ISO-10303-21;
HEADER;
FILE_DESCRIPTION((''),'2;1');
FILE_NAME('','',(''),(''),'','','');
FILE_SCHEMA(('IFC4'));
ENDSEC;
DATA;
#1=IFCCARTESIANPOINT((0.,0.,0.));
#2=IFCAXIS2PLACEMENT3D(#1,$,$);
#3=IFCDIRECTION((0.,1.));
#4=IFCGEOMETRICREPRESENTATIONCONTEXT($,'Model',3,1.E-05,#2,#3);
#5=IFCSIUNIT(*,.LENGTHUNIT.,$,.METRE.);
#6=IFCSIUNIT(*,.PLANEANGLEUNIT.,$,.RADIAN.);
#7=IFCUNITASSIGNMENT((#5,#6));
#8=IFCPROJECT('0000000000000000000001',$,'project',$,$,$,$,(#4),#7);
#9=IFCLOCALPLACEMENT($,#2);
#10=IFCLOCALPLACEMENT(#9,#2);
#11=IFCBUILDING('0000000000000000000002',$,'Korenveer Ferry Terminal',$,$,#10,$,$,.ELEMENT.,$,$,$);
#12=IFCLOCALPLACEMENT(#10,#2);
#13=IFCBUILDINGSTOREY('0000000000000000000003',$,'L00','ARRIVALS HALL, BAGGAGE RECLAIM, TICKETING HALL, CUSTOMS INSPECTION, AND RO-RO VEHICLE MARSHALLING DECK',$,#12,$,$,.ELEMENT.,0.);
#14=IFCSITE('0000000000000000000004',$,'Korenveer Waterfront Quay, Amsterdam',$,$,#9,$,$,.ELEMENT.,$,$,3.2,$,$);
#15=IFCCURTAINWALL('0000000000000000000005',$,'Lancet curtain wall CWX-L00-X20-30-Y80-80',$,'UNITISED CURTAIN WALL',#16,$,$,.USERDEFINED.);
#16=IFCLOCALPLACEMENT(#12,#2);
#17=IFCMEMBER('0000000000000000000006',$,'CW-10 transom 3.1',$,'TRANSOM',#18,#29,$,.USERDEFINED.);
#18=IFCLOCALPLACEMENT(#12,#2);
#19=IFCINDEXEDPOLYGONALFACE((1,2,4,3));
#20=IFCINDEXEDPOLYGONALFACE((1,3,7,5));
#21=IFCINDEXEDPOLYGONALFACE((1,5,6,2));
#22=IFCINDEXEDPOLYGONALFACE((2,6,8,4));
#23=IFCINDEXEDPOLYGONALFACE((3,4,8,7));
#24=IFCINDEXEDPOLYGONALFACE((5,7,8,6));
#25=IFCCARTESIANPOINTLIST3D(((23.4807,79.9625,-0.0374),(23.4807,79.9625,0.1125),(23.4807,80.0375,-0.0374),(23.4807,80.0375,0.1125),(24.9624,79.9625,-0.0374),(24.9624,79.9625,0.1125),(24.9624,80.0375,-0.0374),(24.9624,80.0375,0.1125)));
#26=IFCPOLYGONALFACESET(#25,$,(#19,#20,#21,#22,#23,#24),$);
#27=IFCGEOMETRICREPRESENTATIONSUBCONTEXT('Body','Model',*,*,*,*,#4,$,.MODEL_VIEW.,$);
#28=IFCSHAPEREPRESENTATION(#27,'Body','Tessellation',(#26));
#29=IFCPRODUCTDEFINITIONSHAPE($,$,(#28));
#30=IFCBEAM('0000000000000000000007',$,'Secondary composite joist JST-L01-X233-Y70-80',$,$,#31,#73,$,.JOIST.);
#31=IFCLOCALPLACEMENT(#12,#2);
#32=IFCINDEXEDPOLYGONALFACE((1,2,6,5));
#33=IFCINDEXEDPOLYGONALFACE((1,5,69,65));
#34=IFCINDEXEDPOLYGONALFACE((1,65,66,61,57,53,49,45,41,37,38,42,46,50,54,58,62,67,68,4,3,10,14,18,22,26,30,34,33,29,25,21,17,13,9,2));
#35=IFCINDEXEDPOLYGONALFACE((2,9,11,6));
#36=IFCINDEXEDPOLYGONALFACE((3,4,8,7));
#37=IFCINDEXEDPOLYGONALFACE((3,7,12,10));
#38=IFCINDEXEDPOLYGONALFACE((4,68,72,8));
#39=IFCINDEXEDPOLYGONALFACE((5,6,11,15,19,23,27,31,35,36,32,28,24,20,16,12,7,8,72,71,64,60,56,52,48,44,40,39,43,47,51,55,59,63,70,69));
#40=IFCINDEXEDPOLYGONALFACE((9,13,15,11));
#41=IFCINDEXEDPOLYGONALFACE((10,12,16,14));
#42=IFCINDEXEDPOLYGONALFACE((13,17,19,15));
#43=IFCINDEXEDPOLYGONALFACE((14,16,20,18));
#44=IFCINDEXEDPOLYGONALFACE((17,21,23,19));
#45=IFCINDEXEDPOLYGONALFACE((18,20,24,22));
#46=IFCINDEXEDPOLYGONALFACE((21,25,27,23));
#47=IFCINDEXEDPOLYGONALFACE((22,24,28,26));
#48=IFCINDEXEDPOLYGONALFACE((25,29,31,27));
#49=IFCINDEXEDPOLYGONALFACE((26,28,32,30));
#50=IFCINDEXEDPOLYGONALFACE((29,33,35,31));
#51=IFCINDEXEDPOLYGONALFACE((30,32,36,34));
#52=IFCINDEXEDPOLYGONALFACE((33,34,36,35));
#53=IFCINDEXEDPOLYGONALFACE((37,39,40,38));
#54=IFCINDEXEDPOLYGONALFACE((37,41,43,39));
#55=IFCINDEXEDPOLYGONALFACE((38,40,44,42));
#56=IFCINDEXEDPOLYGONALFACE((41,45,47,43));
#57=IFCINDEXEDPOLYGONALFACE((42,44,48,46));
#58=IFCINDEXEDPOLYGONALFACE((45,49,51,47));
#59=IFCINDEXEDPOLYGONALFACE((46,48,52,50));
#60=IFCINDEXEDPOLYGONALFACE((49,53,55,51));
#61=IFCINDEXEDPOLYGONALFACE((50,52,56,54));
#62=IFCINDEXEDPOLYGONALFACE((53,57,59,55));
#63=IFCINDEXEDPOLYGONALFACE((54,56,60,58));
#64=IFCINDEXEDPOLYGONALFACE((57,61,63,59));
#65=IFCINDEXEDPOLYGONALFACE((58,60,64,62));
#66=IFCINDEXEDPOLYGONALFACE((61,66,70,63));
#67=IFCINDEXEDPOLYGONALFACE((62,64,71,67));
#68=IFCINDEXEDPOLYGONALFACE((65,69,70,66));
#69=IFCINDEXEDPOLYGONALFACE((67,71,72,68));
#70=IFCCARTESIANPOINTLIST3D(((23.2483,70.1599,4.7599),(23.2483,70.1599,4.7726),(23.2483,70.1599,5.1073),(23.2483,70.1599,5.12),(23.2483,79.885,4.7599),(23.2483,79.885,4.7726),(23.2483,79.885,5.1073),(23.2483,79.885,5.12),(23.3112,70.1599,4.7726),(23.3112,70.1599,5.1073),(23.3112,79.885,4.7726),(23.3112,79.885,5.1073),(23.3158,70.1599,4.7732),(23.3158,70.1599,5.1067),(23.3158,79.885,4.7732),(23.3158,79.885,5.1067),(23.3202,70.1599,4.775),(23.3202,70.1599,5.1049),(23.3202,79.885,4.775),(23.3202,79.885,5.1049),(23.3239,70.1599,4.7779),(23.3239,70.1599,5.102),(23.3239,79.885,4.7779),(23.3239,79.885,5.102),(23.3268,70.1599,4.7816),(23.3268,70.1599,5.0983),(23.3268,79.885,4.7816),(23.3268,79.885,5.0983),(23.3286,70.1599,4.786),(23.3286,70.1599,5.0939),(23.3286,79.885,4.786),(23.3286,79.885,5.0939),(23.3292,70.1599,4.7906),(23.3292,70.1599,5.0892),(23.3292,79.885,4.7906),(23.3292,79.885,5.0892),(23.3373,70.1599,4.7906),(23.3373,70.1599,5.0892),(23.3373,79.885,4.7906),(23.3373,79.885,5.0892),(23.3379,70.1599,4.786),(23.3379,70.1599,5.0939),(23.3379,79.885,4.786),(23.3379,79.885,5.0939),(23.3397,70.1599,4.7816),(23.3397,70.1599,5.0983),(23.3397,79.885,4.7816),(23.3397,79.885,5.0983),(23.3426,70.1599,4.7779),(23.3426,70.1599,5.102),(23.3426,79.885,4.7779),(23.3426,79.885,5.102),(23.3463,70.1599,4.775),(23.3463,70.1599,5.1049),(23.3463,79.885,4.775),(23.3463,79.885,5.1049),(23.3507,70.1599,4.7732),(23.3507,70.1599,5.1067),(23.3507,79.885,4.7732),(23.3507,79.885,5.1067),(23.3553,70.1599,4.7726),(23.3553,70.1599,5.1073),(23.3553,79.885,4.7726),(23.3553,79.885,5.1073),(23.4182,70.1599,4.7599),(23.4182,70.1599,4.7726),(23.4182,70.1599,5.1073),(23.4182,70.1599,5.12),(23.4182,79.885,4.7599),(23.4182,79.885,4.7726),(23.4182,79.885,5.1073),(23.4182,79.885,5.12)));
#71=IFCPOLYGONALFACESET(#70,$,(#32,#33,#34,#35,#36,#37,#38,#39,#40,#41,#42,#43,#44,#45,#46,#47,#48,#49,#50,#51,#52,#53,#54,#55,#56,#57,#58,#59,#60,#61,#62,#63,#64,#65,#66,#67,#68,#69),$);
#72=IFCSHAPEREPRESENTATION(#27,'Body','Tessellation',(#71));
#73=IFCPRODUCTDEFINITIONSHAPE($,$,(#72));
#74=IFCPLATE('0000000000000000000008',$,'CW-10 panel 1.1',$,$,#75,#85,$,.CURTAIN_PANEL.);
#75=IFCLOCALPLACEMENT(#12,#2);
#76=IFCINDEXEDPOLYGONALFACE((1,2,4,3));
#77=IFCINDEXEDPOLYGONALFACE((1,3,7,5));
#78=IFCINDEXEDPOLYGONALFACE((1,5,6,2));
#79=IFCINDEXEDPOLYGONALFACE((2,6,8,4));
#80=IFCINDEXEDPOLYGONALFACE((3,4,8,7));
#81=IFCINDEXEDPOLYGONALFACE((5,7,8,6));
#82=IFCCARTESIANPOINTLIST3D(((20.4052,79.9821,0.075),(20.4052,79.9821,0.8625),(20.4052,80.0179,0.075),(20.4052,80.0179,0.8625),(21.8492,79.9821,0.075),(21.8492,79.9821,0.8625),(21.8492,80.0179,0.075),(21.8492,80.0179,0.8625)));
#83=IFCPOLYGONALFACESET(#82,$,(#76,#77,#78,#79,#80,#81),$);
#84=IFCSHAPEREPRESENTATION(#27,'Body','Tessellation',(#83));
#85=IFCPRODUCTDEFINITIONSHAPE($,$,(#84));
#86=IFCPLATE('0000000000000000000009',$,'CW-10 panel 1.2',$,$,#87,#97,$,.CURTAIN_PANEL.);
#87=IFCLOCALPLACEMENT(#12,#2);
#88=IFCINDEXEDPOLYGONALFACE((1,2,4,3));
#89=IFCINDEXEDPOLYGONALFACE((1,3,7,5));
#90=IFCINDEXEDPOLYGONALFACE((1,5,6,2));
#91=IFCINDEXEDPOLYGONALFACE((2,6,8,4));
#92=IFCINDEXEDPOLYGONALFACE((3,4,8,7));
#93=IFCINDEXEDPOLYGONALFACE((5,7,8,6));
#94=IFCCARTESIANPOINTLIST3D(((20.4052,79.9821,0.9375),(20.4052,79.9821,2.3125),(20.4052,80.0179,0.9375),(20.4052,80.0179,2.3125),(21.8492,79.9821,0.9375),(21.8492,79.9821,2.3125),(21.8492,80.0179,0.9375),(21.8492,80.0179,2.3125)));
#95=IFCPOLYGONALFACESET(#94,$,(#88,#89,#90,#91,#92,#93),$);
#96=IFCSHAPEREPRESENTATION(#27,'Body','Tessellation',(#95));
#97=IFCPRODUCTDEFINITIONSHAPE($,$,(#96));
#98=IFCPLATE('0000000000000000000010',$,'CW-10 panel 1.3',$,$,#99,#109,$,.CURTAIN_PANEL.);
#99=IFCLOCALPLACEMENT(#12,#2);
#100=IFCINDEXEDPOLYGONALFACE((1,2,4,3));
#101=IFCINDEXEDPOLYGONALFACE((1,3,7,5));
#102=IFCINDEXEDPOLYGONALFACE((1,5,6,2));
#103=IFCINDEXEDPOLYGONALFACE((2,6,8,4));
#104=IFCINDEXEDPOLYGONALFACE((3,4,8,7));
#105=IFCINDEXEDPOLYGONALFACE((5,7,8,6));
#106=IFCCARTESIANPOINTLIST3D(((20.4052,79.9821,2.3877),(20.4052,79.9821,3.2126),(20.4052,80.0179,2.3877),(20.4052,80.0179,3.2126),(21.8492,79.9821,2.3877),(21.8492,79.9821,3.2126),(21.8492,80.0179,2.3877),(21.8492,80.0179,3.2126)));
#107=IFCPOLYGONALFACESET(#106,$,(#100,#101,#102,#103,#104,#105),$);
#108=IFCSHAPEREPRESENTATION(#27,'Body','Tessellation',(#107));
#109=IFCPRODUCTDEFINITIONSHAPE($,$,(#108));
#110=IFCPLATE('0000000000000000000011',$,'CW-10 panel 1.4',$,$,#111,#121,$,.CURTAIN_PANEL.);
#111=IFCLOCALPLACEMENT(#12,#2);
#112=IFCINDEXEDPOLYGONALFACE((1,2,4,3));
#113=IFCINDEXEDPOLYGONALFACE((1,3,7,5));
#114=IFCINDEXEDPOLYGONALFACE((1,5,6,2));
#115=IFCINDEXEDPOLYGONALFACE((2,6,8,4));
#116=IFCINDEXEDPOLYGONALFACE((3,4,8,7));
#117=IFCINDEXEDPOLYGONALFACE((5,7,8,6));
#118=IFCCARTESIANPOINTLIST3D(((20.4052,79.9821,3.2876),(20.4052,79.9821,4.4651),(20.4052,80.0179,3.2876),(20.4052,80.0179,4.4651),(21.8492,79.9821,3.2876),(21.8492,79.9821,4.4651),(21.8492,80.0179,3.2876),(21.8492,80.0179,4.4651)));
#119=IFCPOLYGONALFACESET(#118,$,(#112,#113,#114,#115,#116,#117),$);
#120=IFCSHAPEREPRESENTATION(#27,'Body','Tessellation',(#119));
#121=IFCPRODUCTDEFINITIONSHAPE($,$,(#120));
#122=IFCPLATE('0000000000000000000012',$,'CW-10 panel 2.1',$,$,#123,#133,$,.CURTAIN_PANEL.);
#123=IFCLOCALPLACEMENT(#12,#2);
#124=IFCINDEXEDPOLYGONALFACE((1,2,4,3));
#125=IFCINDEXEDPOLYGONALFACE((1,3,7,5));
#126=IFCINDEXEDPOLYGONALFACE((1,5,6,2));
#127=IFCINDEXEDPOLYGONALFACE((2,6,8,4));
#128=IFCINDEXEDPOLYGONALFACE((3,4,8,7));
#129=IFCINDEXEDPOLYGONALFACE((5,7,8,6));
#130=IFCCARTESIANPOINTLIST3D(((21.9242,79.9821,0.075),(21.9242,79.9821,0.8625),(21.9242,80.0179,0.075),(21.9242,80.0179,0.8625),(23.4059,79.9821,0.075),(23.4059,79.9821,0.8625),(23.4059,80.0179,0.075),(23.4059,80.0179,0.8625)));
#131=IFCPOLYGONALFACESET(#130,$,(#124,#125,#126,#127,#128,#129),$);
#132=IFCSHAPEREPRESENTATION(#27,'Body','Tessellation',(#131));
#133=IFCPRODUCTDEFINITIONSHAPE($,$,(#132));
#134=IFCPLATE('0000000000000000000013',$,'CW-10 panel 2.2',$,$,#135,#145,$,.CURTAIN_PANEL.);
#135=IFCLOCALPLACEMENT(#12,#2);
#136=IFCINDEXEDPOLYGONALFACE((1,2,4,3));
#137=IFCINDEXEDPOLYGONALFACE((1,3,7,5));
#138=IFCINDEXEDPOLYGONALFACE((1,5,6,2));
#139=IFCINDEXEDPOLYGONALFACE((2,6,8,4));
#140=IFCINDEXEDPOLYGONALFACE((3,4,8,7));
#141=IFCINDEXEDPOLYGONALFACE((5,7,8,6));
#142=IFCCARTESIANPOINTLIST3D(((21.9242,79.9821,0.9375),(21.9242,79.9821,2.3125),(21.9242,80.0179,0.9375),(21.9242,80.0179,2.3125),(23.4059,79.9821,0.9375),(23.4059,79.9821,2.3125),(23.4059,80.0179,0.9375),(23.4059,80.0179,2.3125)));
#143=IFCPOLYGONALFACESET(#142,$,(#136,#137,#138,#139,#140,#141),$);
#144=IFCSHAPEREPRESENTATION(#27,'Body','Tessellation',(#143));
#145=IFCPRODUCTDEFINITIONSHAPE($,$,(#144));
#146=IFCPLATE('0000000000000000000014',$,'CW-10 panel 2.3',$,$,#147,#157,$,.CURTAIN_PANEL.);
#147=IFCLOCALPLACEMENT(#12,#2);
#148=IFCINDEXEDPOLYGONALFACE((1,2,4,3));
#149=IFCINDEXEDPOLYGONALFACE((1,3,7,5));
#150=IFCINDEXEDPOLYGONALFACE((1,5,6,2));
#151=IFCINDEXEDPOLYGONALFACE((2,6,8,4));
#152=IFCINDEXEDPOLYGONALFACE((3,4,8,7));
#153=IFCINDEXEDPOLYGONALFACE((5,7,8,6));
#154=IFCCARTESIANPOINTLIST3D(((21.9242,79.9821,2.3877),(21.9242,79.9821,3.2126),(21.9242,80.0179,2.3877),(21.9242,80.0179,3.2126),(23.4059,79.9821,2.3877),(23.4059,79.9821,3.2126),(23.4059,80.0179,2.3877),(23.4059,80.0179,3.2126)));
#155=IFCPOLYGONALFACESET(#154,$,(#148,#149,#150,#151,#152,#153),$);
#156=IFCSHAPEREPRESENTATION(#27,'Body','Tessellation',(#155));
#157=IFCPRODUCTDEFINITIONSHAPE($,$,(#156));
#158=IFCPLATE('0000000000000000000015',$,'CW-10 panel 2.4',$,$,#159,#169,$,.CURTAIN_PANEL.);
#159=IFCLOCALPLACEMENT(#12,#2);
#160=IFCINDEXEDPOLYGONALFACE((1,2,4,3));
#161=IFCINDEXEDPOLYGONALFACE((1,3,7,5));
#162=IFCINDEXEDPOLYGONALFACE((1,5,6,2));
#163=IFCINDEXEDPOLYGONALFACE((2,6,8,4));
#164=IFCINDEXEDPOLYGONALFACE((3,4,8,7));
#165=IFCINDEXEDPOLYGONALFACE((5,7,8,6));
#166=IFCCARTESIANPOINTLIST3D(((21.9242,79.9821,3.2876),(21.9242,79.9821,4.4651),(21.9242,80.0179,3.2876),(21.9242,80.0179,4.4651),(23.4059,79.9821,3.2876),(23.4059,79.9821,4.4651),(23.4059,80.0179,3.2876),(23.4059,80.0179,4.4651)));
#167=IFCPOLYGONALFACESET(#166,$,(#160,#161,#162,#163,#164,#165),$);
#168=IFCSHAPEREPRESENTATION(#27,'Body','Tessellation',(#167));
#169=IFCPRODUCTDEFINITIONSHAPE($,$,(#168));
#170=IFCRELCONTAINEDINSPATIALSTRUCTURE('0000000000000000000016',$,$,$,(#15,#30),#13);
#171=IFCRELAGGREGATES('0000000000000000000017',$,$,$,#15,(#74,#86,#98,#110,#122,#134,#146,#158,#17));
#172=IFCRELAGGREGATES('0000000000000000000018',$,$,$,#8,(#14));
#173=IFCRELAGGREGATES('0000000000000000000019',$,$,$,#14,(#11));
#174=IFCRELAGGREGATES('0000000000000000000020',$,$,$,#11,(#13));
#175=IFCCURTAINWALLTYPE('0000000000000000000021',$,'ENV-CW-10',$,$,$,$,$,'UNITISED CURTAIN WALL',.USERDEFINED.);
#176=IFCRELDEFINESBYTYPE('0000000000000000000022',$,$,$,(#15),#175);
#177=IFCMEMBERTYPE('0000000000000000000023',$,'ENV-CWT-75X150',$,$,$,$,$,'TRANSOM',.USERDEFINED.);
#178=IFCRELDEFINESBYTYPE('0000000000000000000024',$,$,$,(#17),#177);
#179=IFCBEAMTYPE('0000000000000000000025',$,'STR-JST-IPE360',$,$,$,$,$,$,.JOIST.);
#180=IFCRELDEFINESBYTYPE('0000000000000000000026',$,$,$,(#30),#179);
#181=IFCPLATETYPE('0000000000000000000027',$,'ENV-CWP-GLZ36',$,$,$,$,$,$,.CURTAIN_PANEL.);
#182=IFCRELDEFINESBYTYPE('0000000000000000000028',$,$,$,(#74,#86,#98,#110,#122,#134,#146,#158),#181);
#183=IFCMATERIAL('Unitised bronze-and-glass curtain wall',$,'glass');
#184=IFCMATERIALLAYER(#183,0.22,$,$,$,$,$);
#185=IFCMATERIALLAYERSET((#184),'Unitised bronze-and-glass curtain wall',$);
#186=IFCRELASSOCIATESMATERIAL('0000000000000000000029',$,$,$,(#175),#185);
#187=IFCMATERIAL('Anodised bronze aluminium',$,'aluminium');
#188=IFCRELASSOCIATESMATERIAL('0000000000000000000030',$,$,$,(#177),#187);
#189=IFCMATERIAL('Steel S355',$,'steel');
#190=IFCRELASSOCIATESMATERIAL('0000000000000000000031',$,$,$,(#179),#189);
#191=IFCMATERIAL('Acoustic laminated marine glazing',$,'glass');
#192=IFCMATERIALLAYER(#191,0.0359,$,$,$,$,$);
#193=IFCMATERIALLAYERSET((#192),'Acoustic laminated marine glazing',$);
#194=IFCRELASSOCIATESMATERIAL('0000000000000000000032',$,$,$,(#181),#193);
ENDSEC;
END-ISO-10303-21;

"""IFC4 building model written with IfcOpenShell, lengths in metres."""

from ifc_helpers import new_model, si_unit, direction, frame, origin, origin_2d, place, context, subcontext, project, spatial, rectangle, i_section, extrude, material, layer, layer_set, material_profile, profile_set, type_object, element, aggregate, save


model = new_model("IFC4")

# Units and contexts
model_context = context("Model", 3, precision=1e-05, world=origin(), true_north=direction((0.0, 1.0)))
body_context = subcontext(model_context, "Body", "Model", "MODEL_VIEW")
ifc_project = project(units=[si_unit("LENGTHUNIT", "METRE"), si_unit("PLANEANGLEUNIT", "RADIAN")], contexts=[model_context])

# Site, building, storey
site_placement = place(None, origin())
site = spatial("IfcSite", under=ifc_project, at=site_placement, Name="Korenveer Waterfront Quay, Amsterdam", CompositionType="ELEMENT", RefElevation=3.2)
building_placement = place(site_placement, origin())
building = spatial("IfcBuilding", under=site, at=building_placement, Name="Korenveer Ferry Terminal", CompositionType="ELEMENT")
storey_placement = place(building_placement, origin())
storey = spatial("IfcBuildingStorey", under=building, at=storey_placement, Name="L00", Description="ARRIVALS HALL, BAGGAGE RECLAIM, TICKETING HALL, CUSTOMS INSPECTION, AND RO-RO VEHICLE MARSHALLING DECK", CompositionType="ELEMENT", Elevation=0.0)

# Curtain wall, member
ifc_material_1 = material(Name="Unitised bronze-and-glass curtain wall", Category="glass")
ifc_layer_1 = layer(ifc_material_1, 0.22)
ifc_layer_set_1 = layer_set([ifc_layer_1], Name="Unitised bronze-and-glass curtain wall")
curtain_wall_type = type_object("IfcCurtainWallType", Name="ENV-CW-10", ElementType="UNITISED CURTAIN WALL", PredefinedType="USERDEFINED", material=ifc_layer_set_1)
curtain_wall_placement = place(storey_placement, frame((20.3301, 80.0, 0.0)))
curtain_wall = element("IfcCurtainWall", 1, at=curtain_wall_placement, inside=storey, type_object=curtain_wall_type, Name="Lancet curtain wall CWX-L00-X20-30-Y80-80", ObjectType="UNITISED CURTAIN WALL", PredefinedType="USERDEFINED")
ifc_material_2 = material(Name="Anodised bronze aluminium", Category="aluminium")
ifc_material_profile_1 = material_profile(ifc_material_2, rectangle(XDim=0.075, YDim=0.1499, at=origin_2d()), Name="ALU 75x150")
ifc_profile_set_1 = profile_set([ifc_material_profile_1], Name="Anodised bronze aluminium")
member_type_1 = type_object("IfcMemberType", Name="ENV-CWT-75X150", ElementType="TRANSOM", PredefinedType="USERDEFINED", material=ifc_profile_set_1)
member_1_placement = place(storey_placement, frame((23.4807, 80.0, 0.0376), z_axis=(1.0, 0.0, 0.0), x_axis=(0.0, 1.0, 0.0)))
member_1 = element("IfcMember", 2, at=member_1_placement, type_object=member_type_1, Name="CW-10 transom 3.1", ObjectType="TRANSOM", PredefinedType="USERDEFINED", context=body_context, shape_type="SweptSolid", body=[
    extrude(rectangle(XDim=0.075, YDim=0.1499, at=origin_2d()), origin(), (0.0, 0.0, 1.0), 1.4817),
])

# Beam
ifc_material_3 = material(Name="Steel S355", Category="steel")
ifc_material_profile_2 = material_profile(ifc_material_3, i_section(OverallWidth=0.1699, OverallDepth=0.3601, WebThickness=0.0081, FlangeThickness=0.0127, FilletRadius=0.0181, at=origin_2d()), Name="IPE 360")
ifc_profile_set_2 = profile_set([ifc_material_profile_2], Name="Steel S355")
beam_type = type_object("IfcBeamType", Name="STR-JST-IPE360", PredefinedType="JOIST", material=ifc_profile_set_2)
beam_placement = place(storey_placement, frame((23.3333, 70.1599, 4.9399), z_axis=(0.0, 1.0, 0.0), x_axis=(-1.0, 0.0, 0.0)))
element("IfcBeam", 3, at=beam_placement, inside=storey, type_object=beam_type, Name="Secondary composite joist JST-L01-X233-Y70-80", PredefinedType="JOIST", context=body_context, shape_type="SweptSolid", body=[
    extrude(i_section(OverallWidth=0.1699, OverallDepth=0.3601, WebThickness=0.0081, FlangeThickness=0.0127, FilletRadius=0.0181, at=origin_2d()), origin(), (0.0, 0.0, 1.0), 9.7251),
])

# Plates
ifc_material_4 = material(Name="Acoustic laminated marine glazing", Category="glass")
ifc_layer_2 = layer(ifc_material_4, 0.0359)
ifc_layer_set_2 = layer_set([ifc_layer_2], Name="Acoustic laminated marine glazing")
plate_type = type_object("IfcPlateType", Name="ENV-CWP-GLZ36", PredefinedType="CURTAIN_PANEL", material=ifc_layer_set_2)
plate_1_placement = place(storey_placement, frame((21.1272, 80.0, 0.075), z_axis=(0.0, 0.0, 1.0), x_axis=(1.0, 0.0, 0.0)))
plate_1 = element("IfcPlate", 4, at=plate_1_placement, type_object=plate_type, Name="CW-10 panel 1.1", PredefinedType="CURTAIN_PANEL", context=body_context, shape_type="SweptSolid", body=[
    extrude(rectangle(XDim=1.4441, YDim=0.0359, at=origin_2d()), origin(), (0.0, 0.0, 1.0), 0.7876),
])
plate_2_placement = place(storey_placement, frame((21.1272, 80.0, 0.9375), z_axis=(0.0, 0.0, 1.0), x_axis=(1.0, 0.0, 0.0)))
plate_2 = element("IfcPlate", 5, at=plate_2_placement, type_object=plate_type, Name="CW-10 panel 1.2", PredefinedType="CURTAIN_PANEL", context=body_context, shape_type="SweptSolid", body=[
    extrude(rectangle(XDim=1.4441, YDim=0.0359, at=origin_2d()), origin(), (0.0, 0.0, 1.0), 1.375),
])
plate_3_placement = place(storey_placement, frame((21.1272, 80.0, 2.3877), z_axis=(0.0, 0.0, 1.0), x_axis=(1.0, 0.0, 0.0)))
plate_3 = element("IfcPlate", 6, at=plate_3_placement, type_object=plate_type, Name="CW-10 panel 1.3", PredefinedType="CURTAIN_PANEL", context=body_context, shape_type="SweptSolid", body=[
    extrude(rectangle(XDim=1.4441, YDim=0.0359, at=origin_2d()), origin(), (0.0, 0.0, 1.0), 0.825),
])
plate_4_placement = place(storey_placement, frame((21.1272, 80.0, 3.2876), z_axis=(0.0, 0.0, 1.0), x_axis=(1.0, 0.0, 0.0)))
plate_4 = element("IfcPlate", 7, at=plate_4_placement, type_object=plate_type, Name="CW-10 panel 1.4", PredefinedType="CURTAIN_PANEL", context=body_context, shape_type="SweptSolid", body=[
    extrude(rectangle(XDim=1.4441, YDim=0.0359, at=origin_2d()), origin(), (0.0, 0.0, 1.0), 1.1775),
])
plate_5_placement = place(storey_placement, frame((22.665, 80.0, 0.075), z_axis=(0.0, 0.0, 1.0), x_axis=(1.0, 0.0, 0.0)))
plate_5 = element("IfcPlate", 8, at=plate_5_placement, type_object=plate_type, Name="CW-10 panel 2.1", PredefinedType="CURTAIN_PANEL", context=body_context, shape_type="SweptSolid", body=[
    extrude(rectangle(XDim=1.4817, YDim=0.0359, at=origin_2d()), origin(), (0.0, 0.0, 1.0), 0.7876),
])
plate_6_placement = place(storey_placement, frame((22.665, 80.0, 0.9375), z_axis=(0.0, 0.0, 1.0), x_axis=(1.0, 0.0, 0.0)))
plate_6 = element("IfcPlate", 9, at=plate_6_placement, type_object=plate_type, Name="CW-10 panel 2.2", PredefinedType="CURTAIN_PANEL", context=body_context, shape_type="SweptSolid", body=[
    extrude(rectangle(XDim=1.4817, YDim=0.0359, at=origin_2d()), origin(), (0.0, 0.0, 1.0), 1.375),
])
plate_7_placement = place(storey_placement, frame((22.665, 80.0, 2.3877), z_axis=(0.0, 0.0, 1.0), x_axis=(1.0, 0.0, 0.0)))
plate_7 = element("IfcPlate", 10, at=plate_7_placement, type_object=plate_type, Name="CW-10 panel 2.3", PredefinedType="CURTAIN_PANEL", context=body_context, shape_type="SweptSolid", body=[
    extrude(rectangle(XDim=1.4817, YDim=0.0359, at=origin_2d()), origin(), (0.0, 0.0, 1.0), 0.825),
])
plate_8_placement = place(storey_placement, frame((22.665, 80.0, 3.2876), z_axis=(0.0, 0.0, 1.0), x_axis=(1.0, 0.0, 0.0)))
plate_8 = element("IfcPlate", 11, at=plate_8_placement, type_object=plate_type, Name="CW-10 panel 2.4", PredefinedType="CURTAIN_PANEL", context=body_context, shape_type="SweptSolid", body=[
    extrude(rectangle(XDim=1.4817, YDim=0.0359, at=origin_2d()), origin(), (0.0, 0.0, 1.0), 1.1775),
])
aggregate(curtain_wall, [plate_1, plate_2, plate_3, plate_4, plate_5, plate_6, plate_7, plate_8, member_1])

save(model, "model.ifc")
